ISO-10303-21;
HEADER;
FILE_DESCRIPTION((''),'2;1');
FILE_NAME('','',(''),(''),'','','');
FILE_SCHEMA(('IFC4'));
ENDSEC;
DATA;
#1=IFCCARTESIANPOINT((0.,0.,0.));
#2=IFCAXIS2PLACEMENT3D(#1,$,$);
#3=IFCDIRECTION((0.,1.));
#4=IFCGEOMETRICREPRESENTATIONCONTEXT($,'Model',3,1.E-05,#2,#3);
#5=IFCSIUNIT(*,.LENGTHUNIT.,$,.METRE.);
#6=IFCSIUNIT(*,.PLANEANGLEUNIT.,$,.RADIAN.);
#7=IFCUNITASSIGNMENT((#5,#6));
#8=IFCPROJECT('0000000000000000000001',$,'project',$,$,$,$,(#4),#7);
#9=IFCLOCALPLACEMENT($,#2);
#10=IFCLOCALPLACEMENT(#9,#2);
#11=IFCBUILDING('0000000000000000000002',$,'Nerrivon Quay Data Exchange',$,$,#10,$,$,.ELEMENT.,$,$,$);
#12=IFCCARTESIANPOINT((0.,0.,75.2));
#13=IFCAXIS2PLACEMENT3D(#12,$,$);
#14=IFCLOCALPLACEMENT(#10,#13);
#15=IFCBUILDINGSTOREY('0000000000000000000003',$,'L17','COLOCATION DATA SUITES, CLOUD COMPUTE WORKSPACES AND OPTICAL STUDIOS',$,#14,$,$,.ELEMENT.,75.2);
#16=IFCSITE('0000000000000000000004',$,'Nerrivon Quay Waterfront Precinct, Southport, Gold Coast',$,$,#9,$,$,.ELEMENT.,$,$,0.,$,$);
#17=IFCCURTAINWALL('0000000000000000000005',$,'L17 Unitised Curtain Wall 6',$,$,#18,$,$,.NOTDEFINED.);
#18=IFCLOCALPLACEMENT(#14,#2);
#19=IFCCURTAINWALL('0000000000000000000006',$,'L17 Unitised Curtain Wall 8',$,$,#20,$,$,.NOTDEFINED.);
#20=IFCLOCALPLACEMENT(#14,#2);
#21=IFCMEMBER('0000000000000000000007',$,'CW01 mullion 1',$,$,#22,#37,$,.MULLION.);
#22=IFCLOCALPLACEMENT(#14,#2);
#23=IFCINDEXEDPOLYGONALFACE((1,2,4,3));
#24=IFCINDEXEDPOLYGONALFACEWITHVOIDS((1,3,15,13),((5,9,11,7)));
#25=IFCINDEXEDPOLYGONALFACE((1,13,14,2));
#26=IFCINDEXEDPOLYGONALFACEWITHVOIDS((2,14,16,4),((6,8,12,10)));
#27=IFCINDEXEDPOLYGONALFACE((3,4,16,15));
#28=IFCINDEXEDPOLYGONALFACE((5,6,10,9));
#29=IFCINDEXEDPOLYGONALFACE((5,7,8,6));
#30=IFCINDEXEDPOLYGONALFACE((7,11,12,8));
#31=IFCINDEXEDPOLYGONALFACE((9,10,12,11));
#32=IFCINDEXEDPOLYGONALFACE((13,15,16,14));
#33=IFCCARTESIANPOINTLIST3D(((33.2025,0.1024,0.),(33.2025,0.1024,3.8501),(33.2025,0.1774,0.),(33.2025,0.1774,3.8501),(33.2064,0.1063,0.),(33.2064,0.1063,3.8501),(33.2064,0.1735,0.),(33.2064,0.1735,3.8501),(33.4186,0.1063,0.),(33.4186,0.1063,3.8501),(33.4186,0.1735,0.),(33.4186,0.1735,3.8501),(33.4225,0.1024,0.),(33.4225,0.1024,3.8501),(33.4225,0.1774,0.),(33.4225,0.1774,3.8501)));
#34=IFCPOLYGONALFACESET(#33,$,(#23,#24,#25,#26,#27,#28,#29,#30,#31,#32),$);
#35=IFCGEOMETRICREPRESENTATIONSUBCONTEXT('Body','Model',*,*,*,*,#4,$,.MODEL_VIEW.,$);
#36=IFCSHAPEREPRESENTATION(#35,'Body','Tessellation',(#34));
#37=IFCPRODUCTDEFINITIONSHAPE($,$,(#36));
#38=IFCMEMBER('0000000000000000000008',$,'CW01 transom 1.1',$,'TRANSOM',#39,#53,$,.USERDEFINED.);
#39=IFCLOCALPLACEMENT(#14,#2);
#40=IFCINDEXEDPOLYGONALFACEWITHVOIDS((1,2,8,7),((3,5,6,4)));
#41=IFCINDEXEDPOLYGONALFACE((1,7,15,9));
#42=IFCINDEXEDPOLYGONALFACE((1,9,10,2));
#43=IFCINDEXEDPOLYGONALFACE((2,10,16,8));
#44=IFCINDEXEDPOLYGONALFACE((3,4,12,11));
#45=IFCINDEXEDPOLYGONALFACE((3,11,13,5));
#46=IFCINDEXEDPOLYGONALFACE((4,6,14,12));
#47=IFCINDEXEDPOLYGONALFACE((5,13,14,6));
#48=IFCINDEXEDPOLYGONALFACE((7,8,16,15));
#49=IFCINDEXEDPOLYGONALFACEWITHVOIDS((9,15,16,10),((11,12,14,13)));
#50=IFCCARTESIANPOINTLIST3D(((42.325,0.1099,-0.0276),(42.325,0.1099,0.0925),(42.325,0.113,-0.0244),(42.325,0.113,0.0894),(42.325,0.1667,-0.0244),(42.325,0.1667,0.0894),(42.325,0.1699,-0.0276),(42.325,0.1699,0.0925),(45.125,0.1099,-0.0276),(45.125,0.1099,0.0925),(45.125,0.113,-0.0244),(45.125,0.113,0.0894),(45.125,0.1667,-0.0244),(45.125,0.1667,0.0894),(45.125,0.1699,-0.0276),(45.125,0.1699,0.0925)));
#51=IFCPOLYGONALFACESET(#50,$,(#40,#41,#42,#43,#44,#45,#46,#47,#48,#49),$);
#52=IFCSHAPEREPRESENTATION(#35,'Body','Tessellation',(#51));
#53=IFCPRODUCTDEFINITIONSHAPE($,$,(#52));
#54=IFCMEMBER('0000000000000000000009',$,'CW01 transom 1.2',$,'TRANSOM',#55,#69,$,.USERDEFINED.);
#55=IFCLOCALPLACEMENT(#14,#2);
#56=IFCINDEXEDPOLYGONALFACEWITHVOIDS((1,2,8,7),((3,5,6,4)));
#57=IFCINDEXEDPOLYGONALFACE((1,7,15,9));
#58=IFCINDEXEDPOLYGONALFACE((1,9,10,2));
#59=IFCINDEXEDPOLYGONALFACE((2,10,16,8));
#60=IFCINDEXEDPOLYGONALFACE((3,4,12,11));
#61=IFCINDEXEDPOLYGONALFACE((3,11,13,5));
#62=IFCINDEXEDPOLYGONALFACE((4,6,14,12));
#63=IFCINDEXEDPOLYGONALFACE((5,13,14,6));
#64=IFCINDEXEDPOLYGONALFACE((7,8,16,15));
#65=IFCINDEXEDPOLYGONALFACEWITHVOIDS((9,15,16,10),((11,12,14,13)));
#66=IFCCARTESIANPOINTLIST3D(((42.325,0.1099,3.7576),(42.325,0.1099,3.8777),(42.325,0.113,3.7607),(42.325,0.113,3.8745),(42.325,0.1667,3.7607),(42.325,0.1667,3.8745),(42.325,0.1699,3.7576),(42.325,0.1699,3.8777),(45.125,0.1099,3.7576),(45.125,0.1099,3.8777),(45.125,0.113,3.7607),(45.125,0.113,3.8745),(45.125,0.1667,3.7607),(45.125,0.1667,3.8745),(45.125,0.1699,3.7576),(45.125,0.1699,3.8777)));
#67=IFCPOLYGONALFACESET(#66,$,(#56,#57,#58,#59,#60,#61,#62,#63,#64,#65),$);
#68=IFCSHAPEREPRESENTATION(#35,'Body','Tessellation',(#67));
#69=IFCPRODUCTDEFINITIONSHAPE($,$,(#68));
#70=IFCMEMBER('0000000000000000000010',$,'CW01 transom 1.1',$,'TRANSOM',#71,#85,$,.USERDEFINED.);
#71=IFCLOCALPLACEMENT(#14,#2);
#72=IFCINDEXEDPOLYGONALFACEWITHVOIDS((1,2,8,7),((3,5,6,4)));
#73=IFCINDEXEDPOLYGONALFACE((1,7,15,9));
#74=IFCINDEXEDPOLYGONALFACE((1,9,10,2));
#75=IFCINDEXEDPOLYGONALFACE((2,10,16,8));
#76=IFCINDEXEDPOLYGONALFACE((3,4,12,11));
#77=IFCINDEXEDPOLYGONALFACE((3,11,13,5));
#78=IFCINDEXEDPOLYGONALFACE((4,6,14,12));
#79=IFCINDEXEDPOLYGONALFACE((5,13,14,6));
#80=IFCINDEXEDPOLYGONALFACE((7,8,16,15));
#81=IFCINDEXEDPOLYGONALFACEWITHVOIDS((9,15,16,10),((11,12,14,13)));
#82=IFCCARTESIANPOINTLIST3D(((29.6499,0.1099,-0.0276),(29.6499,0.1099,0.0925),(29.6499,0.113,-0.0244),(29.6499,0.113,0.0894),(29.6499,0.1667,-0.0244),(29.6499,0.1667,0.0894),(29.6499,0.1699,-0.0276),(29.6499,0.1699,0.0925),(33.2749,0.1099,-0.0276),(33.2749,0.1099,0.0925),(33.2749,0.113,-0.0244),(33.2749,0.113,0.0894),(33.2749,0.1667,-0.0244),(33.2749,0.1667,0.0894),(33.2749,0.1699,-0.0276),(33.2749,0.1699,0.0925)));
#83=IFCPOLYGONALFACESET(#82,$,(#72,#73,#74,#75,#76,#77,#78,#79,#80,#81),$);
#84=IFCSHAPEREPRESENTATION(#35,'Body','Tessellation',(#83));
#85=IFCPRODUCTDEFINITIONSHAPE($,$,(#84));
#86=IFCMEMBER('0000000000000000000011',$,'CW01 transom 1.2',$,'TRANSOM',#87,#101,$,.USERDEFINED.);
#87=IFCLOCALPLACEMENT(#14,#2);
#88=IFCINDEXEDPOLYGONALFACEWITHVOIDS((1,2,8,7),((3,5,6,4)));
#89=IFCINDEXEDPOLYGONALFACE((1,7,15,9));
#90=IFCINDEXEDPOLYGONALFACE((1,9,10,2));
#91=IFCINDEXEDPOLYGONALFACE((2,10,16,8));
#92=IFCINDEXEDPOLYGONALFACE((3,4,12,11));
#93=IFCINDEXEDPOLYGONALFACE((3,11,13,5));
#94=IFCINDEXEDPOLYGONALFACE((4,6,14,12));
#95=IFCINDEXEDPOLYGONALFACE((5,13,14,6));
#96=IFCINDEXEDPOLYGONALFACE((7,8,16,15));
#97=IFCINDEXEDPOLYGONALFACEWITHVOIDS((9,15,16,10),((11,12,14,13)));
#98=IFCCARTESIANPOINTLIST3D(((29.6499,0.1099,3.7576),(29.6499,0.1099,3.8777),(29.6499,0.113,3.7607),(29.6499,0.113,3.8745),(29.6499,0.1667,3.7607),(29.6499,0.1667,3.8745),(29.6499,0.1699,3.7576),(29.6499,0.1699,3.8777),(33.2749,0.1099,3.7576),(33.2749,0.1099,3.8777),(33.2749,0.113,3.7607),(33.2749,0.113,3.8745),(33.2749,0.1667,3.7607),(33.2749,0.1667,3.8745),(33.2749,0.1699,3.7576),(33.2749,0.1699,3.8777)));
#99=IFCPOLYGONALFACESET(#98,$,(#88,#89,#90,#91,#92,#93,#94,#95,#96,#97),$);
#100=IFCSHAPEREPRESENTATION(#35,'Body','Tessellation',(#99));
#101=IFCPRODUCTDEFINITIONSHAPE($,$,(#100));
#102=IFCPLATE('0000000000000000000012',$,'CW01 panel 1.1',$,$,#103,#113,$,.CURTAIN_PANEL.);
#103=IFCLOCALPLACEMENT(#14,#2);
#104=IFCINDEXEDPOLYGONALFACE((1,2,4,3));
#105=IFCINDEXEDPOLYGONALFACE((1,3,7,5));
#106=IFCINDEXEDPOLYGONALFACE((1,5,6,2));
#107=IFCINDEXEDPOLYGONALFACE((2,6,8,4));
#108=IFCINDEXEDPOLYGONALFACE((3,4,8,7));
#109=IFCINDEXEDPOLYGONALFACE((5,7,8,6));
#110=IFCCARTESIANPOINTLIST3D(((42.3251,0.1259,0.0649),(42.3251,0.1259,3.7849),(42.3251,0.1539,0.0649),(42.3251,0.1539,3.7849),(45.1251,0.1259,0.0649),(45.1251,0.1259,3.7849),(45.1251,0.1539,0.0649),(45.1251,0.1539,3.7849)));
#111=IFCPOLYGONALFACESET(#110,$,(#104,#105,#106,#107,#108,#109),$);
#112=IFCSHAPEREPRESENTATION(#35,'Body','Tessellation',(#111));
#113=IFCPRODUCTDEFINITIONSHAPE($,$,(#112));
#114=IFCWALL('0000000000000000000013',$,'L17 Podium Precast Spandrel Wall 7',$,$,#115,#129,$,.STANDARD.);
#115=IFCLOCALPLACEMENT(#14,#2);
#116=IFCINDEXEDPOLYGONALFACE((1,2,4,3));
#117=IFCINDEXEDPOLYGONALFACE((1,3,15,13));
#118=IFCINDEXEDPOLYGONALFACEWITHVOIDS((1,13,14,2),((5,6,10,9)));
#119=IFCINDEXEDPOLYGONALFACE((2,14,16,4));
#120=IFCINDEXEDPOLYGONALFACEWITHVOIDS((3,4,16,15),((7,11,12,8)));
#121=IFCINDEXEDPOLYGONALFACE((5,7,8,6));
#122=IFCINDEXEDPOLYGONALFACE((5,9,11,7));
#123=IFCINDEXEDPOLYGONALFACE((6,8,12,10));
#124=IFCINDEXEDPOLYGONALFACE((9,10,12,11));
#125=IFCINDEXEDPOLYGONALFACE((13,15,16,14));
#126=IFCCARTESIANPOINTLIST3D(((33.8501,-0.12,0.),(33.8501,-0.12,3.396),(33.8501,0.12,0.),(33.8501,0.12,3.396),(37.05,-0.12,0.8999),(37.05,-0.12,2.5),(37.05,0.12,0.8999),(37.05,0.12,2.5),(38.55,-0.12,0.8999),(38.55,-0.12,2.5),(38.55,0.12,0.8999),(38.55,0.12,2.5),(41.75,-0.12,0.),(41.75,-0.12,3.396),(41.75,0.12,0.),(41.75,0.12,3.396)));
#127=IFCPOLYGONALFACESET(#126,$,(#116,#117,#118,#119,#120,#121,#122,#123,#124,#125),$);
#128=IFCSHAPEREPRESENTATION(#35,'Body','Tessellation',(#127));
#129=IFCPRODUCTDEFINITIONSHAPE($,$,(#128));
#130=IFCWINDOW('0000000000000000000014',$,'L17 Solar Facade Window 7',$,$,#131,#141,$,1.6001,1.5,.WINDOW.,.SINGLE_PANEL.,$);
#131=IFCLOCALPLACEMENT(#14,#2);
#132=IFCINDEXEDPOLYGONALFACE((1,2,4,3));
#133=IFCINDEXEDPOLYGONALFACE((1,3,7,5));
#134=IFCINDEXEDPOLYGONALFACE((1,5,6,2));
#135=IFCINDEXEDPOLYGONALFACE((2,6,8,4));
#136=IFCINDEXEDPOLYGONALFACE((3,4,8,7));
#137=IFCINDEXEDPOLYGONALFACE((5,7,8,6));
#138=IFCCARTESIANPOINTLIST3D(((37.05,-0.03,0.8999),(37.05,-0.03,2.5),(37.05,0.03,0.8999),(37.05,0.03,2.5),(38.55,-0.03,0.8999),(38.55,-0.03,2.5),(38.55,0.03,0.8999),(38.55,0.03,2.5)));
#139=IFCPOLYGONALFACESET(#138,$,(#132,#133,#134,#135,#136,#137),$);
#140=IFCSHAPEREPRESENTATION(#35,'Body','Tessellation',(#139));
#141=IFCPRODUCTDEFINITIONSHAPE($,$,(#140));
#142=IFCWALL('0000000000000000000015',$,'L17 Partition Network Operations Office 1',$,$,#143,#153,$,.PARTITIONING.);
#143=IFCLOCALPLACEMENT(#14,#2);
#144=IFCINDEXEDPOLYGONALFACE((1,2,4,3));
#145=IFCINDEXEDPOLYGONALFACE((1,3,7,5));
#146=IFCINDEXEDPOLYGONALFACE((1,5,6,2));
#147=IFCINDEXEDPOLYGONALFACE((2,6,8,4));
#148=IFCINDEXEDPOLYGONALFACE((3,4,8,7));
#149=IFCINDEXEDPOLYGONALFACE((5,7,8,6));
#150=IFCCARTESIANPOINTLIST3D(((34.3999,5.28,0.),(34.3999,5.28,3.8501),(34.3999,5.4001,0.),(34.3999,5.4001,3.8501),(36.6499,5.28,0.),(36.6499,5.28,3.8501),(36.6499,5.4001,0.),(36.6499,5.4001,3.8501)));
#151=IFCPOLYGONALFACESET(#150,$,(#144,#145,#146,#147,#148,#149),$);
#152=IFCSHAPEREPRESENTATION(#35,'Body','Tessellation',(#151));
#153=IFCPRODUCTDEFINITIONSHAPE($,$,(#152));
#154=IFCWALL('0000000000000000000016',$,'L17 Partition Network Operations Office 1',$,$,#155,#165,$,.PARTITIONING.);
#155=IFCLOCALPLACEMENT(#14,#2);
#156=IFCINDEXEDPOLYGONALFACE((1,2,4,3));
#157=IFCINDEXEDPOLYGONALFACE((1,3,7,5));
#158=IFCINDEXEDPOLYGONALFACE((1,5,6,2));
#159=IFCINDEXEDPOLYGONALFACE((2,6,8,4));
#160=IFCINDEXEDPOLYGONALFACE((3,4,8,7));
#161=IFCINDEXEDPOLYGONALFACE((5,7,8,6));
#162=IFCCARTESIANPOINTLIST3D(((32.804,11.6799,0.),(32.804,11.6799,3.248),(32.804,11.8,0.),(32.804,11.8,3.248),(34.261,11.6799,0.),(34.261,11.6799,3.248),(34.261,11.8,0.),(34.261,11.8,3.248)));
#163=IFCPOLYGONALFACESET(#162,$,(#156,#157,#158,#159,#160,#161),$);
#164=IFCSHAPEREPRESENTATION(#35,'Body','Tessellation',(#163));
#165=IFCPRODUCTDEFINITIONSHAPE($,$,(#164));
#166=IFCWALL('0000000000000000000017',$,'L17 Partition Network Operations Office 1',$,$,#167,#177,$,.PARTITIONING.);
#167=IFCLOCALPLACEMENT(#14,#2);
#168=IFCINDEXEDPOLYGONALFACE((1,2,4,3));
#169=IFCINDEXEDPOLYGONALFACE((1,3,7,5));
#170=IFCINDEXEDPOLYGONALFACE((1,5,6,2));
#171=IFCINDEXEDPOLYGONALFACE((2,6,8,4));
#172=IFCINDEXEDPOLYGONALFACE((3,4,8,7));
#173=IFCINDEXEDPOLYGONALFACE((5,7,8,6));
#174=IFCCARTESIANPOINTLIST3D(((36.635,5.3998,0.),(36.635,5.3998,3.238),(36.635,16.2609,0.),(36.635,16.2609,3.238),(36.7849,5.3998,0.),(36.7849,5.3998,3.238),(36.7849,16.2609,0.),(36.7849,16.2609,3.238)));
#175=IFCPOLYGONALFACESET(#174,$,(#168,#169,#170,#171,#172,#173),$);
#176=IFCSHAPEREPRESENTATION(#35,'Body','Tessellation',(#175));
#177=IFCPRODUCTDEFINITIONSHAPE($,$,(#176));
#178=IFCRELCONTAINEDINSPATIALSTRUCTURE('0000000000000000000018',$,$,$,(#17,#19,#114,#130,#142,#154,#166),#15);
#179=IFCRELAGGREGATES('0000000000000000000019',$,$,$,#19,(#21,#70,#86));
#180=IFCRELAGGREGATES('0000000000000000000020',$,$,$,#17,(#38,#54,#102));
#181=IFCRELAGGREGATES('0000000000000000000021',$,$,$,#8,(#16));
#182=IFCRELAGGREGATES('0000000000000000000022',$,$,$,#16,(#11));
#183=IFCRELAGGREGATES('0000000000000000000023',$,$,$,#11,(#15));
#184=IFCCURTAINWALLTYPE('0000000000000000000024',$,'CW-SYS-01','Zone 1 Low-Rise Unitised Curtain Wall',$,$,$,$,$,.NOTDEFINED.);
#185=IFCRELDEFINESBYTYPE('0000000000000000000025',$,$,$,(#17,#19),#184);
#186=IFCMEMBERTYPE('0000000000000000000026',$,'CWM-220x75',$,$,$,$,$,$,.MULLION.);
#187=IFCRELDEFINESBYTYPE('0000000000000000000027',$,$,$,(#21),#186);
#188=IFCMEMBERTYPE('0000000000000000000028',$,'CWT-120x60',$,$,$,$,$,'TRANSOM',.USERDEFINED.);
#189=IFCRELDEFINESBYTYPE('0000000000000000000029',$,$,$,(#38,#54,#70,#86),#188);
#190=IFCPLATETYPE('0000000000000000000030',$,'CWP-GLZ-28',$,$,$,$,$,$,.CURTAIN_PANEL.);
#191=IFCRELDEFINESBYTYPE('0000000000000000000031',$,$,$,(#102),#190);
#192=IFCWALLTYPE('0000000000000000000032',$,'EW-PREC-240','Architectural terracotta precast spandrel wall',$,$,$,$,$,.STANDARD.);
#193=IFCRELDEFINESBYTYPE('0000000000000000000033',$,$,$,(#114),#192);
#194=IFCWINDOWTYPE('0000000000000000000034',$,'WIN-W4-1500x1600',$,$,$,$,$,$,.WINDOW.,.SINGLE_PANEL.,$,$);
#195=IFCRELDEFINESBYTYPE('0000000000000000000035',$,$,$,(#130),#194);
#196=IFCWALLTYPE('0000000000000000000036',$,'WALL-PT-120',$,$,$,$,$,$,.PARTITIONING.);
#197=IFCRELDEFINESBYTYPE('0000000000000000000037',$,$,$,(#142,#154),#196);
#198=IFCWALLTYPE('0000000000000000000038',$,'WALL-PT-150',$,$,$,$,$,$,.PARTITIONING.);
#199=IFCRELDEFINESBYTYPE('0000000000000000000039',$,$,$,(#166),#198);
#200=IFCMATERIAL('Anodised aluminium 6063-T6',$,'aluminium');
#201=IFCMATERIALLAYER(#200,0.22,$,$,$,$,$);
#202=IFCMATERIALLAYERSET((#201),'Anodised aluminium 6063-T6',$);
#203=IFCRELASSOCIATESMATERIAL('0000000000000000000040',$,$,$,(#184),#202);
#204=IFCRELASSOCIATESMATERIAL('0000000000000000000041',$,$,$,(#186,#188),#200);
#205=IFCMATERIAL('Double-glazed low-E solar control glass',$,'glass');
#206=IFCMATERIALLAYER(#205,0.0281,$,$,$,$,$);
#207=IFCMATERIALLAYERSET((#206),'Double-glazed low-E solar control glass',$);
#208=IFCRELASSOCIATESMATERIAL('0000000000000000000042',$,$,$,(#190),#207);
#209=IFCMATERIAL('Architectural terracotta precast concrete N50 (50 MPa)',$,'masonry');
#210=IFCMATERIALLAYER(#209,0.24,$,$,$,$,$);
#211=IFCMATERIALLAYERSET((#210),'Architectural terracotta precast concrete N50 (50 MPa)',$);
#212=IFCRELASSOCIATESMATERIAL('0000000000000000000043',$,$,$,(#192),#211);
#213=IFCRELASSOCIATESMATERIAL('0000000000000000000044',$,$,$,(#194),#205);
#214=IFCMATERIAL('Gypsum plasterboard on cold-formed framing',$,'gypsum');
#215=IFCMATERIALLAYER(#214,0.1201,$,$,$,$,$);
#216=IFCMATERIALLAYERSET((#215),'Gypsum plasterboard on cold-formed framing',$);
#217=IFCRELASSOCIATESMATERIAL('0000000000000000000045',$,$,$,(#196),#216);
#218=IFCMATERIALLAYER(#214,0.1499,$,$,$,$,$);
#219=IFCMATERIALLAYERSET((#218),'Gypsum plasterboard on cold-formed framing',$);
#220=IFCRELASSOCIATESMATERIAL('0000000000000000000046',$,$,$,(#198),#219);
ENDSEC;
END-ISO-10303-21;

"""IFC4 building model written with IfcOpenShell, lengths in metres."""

from ifc_helpers import new_model, si_unit, direction, frame, frame_2d, origin, origin_2d, place, context, subcontext, project, spatial, rectangle, hollow_rectangle, extrude, material, layer, layer_set, material_profile, profile_set, type_object, element, fill, aggregate, save


model = new_model("IFC4")

# Units and contexts
model_context = context("Model", 3, precision=1e-05, world=origin(), true_north=direction((0.0, 1.0)))
body_context = subcontext(model_context, "Body", "Model", "MODEL_VIEW")
ifc_project = project(units=[si_unit("LENGTHUNIT", "METRE"), si_unit("PLANEANGLEUNIT", "RADIAN")], contexts=[model_context])

# Site, building, storey
site_placement = place(None, origin())
site = spatial("IfcSite", under=ifc_project, at=site_placement, Name="Nerrivon Quay Waterfront Precinct, Southport, Gold Coast", CompositionType="ELEMENT", RefElevation=0.0)
building_placement = place(site_placement, origin())
building = spatial("IfcBuilding", under=site, at=building_placement, Name="Nerrivon Quay Data Exchange", CompositionType="ELEMENT")
storey_placement = place(building_placement, frame((0.0, 0.0, 75.2)))
storey = spatial("IfcBuildingStorey", under=building, at=storey_placement, Name="L17", Description="COLOCATION DATA SUITES, CLOUD COMPUTE WORKSPACES AND OPTICAL STUDIOS", CompositionType="ELEMENT", Elevation=75.2)

# Curtain walls, member
ifc_material_1 = material(Name="Anodised aluminium 6063-T6", Category="aluminium")
ifc_layer_1 = layer(ifc_material_1, 0.22)
ifc_layer_set_1 = layer_set([ifc_layer_1], Name="Anodised aluminium 6063-T6")
curtain_wall_type = type_object("IfcCurtainWallType", Name="CW-SYS-01", Description="Zone 1 Low-Rise Unitised Curtain Wall", PredefinedType="NOTDEFINED", material=ifc_layer_set_1)
ifc_material_profile_1 = material_profile(ifc_material_1, hollow_rectangle(XDim=0.075, YDim=0.22, WallThickness=0.0039, at=origin_2d()), Name="ALU-MULL-220x75")
ifc_profile_set_1 = profile_set([ifc_material_profile_1], Name="Anodised aluminium 6063-T6")
member_type_1 = type_object("IfcMemberType", Name="CWM-220x75", PredefinedType="MULLION", material=ifc_profile_set_1)
curtain_wall_1_placement = place(storey_placement, origin())
curtain_wall_1 = element("IfcCurtainWall", 1, at=curtain_wall_1_placement, inside=storey, type_object=curtain_wall_type, Name="L17 Unitised Curtain Wall 6", PredefinedType="NOTDEFINED")
curtain_wall_2_placement = place(storey_placement, origin())
curtain_wall_2 = element("IfcCurtainWall", 2, at=curtain_wall_2_placement, inside=storey, type_object=curtain_wall_type, Name="L17 Unitised Curtain Wall 8", PredefinedType="NOTDEFINED")
member_1_placement = place(storey_placement, frame((33.3125, 0.1399, 0.0), z_axis=(0.0, 0.0, 1.0), x_axis=(0.0, -1.0, 0.0)))
member_1 = element("IfcMember", 3, at=member_1_placement, type_object=member_type_1, Name="CW01 mullion 1", PredefinedType="MULLION", context=body_context, shape_type="SweptSolid", body=[
    extrude(hollow_rectangle(XDim=0.075, YDim=0.22, WallThickness=0.0039, at=origin_2d()), origin(), (0.0, 0.0, 1.0), 3.8501),
])

# Members
ifc_material_profile_2 = material_profile(ifc_material_1, hollow_rectangle(XDim=0.0601, YDim=0.1201, WallThickness=0.0032, at=origin_2d()), Name="ALU-TRAN-120x60")
ifc_profile_set_2 = profile_set([ifc_material_profile_2], Name="Anodised aluminium 6063-T6")
member_type_2 = type_object("IfcMemberType", Name="CWT-120x60", ElementType="TRANSOM", PredefinedType="USERDEFINED", material=ifc_profile_set_2)
member_2_placement = place(storey_placement, frame((45.125, 0.1399, 0.0325), z_axis=(-1.0, 0.0, 0.0), x_axis=(0.0, -1.0, 0.0)))
member_2 = element("IfcMember", 4, at=member_2_placement, type_object=member_type_2, Name="CW01 transom 1.1", ObjectType="TRANSOM", PredefinedType="USERDEFINED", context=body_context, shape_type="SweptSolid", body=[
    extrude(hollow_rectangle(XDim=0.0601, YDim=0.1201, WallThickness=0.0032, at=origin_2d()), origin(), (0.0, 0.0, 1.0), 2.8),
])
member_3_placement = place(storey_placement, frame((45.125, 0.1399, 3.8176), z_axis=(-1.0, 0.0, 0.0), x_axis=(0.0, -1.0, 0.0)))
member_3 = element("IfcMember", 5, at=member_3_placement, type_object=member_type_2, Name="CW01 transom 1.2", ObjectType="TRANSOM", PredefinedType="USERDEFINED", context=body_context, shape_type="SweptSolid", body=[
    extrude(hollow_rectangle(XDim=0.0601, YDim=0.1201, WallThickness=0.0032, at=origin_2d()), origin(), (0.0, 0.0, 1.0), 2.8),
])
member_4_placement = place(storey_placement, frame((33.2749, 0.1399, 0.0325), z_axis=(-1.0, 0.0, 0.0), x_axis=(0.0, -1.0, 0.0)))
member_4 = element("IfcMember", 6, at=member_4_placement, type_object=member_type_2, Name="CW01 transom 1.1", ObjectType="TRANSOM", PredefinedType="USERDEFINED", context=body_context, shape_type="SweptSolid", body=[
    extrude(hollow_rectangle(XDim=0.0601, YDim=0.1201, WallThickness=0.0032, at=origin_2d()), origin(), (0.0, 0.0, 1.0), 3.625),
])
member_5_placement = place(storey_placement, frame((33.2749, 0.1399, 3.8176), z_axis=(-1.0, 0.0, 0.0), x_axis=(0.0, -1.0, 0.0)))
member_5 = element("IfcMember", 7, at=member_5_placement, type_object=member_type_2, Name="CW01 transom 1.2", ObjectType="TRANSOM", PredefinedType="USERDEFINED", context=body_context, shape_type="SweptSolid", body=[
    extrude(hollow_rectangle(XDim=0.0601, YDim=0.1201, WallThickness=0.0032, at=origin_2d()), origin(), (0.0, 0.0, 1.0), 3.625),
])
aggregate(curtain_wall_2, [member_1, member_4, member_5])

# Plate
ifc_material_2 = material(Name="Double-glazed low-E solar control glass", Category="glass")
ifc_layer_2 = layer(ifc_material_2, 0.0281)
ifc_layer_set_2 = layer_set([ifc_layer_2], Name="Double-glazed low-E solar control glass")
plate_type = type_object("IfcPlateType", Name="CWP-GLZ-28", PredefinedType="CURTAIN_PANEL", material=ifc_layer_set_2)
plate_placement = place(storey_placement, frame((43.7251, 0.1399, 0.0649), z_axis=(0.0, 0.0, 1.0), x_axis=(-1.0, 0.0, 0.0)))
plate = element("IfcPlate", 8, at=plate_placement, type_object=plate_type, Name="CW01 panel 1.1", PredefinedType="CURTAIN_PANEL", context=body_context, shape_type="SweptSolid", body=[
    extrude(rectangle(XDim=2.8, YDim=0.0281, at=origin_2d()), origin(), (0.0, 0.0, 1.0), 3.72),
])
aggregate(curtain_wall_1, [member_2, member_3, plate])

# Wall, opening, window
ifc_material_3 = material(Name="Architectural terracotta precast concrete N50 (50 MPa)", Category="masonry")
ifc_layer_3 = layer(ifc_material_3, 0.24)
ifc_layer_set_3 = layer_set([ifc_layer_3], Name="Architectural terracotta precast concrete N50 (50 MPa)")
wall_type_1 = type_object("IfcWallType", Name="EW-PREC-240", Description="Architectural terracotta precast spandrel wall", PredefinedType="STANDARD", material=ifc_layer_set_3)
wall_1_placement = place(storey_placement, frame((41.75, 0.0, 0.0), z_axis=(0.0, 0.0, 1.0), x_axis=(-1.0, 0.0, 0.0)))
wall_1 = element("IfcWall", 9, at=wall_1_placement, inside=storey, type_object=wall_type_1, Name="L17 Podium Precast Spandrel Wall 7", PredefinedType="STANDARD", context=body_context, shape_type="SweptSolid", body=[
    extrude(rectangle(XDim=7.8999, YDim=0.24, at=frame_2d((3.95, 0.0))), origin(), (0.0, 0.0, 1.0), 3.396),
])
opening_placement = place(wall_1_placement, frame((3.2, 0.0, 0.8999)))
opening = element("IfcOpeningElement", 10, at=opening_placement, cuts=wall_1, PredefinedType="OPENING", context=body_context, shape_type="SweptSolid", body=[
    extrude(rectangle(XDim=1.5, YDim=1.6001, at=frame_2d((0.75, 0.8))), frame((0.0, 0.1299, 0.0), z_axis=(0.0, -1.0, 0.0), x_axis=(1.0, 0.0, 0.0)), (0.0, 0.0, 1.0), 0.26),
])
window_type = type_object("IfcWindowType", Name="WIN-W4-1500x1600", PartitioningType="SINGLE_PANEL", PredefinedType="WINDOW", material=ifc_material_2)
window_placement = place(opening_placement, origin())
window = element("IfcWindow", 11, at=window_placement, inside=storey, type_object=window_type, Name="L17 Solar Facade Window 7", OverallHeight=1.6001, OverallWidth=1.5, PartitioningType="SINGLE_PANEL", PredefinedType="WINDOW", context=body_context, shape_type="SweptSolid", body=[
    extrude(rectangle(XDim=1.5, YDim=1.6001, at=frame_2d((0.75, 0.8))), frame((0.0, 0.03, 0.0), z_axis=(0.0, -1.0, 0.0), x_axis=(1.0, 0.0, 0.0)), (0.0, 0.0, 1.0), 0.0601),
])
fill(opening, window)

# Walls
ifc_material_4 = material(Name="Gypsum plasterboard on cold-formed framing", Category="gypsum")
ifc_layer_4 = layer(ifc_material_4, 0.1201)
ifc_layer_set_4 = layer_set([ifc_layer_4], Name="Gypsum plasterboard on cold-formed framing")
wall_type_2 = type_object("IfcWallType", Name="WALL-PT-120", PredefinedType="PARTITIONING", material=ifc_layer_set_4)
wall_2_placement = place(storey_placement, frame((36.6499, 5.3401, 0.0), z_axis=(0.0, 0.0, 1.0), x_axis=(-1.0, 0.0, 0.0)))
element("IfcWall", 12, at=wall_2_placement, inside=storey, type_object=wall_type_2, Name="L17 Partition Network Operations Office 1", PredefinedType="PARTITIONING", context=body_context, shape_type="SweptSolid", body=[
    extrude(rectangle(XDim=2.25, YDim=0.1201, at=frame_2d((1.125, 0.0))), origin(), (0.0, 0.0, 1.0), 3.8501),
])
wall_3_placement = place(storey_placement, frame((34.261, 11.74, 0.0), z_axis=(0.0, 0.0, 1.0), x_axis=(-1.0, 0.0, 0.0)))
element("IfcWall", 13, at=wall_3_placement, inside=storey, type_object=wall_type_2, Name="L17 Partition Network Operations Office 1", PredefinedType="PARTITIONING", context=body_context, shape_type="SweptSolid", body=[
    extrude(rectangle(XDim=1.457, YDim=0.1201, at=frame_2d((0.7285, 0.0))), origin(), (0.0, 0.0, 1.0), 3.248),
])
ifc_layer_5 = layer(ifc_material_4, 0.1499)
ifc_layer_set_5 = layer_set([ifc_layer_5], Name="Gypsum plasterboard on cold-formed framing")
wall_type_3 = type_object("IfcWallType", Name="WALL-PT-150", PredefinedType="PARTITIONING", material=ifc_layer_set_5)
wall_4_placement = place(storey_placement, frame((36.71, 16.261, 0.0), z_axis=(0.0, 0.0, 1.0), x_axis=(0.0, -1.0, 0.0)))
element("IfcWall", 14, at=wall_4_placement, inside=storey, type_object=wall_type_3, Name="L17 Partition Network Operations Office 1", PredefinedType="PARTITIONING", context=body_context, shape_type="SweptSolid", body=[
    extrude(rectangle(XDim=10.8611, YDim=0.1499, at=frame_2d((5.4307, 0.0))), origin(), (0.0, 0.0, 1.0), 3.238),
])

save(model, "model.ifc")
